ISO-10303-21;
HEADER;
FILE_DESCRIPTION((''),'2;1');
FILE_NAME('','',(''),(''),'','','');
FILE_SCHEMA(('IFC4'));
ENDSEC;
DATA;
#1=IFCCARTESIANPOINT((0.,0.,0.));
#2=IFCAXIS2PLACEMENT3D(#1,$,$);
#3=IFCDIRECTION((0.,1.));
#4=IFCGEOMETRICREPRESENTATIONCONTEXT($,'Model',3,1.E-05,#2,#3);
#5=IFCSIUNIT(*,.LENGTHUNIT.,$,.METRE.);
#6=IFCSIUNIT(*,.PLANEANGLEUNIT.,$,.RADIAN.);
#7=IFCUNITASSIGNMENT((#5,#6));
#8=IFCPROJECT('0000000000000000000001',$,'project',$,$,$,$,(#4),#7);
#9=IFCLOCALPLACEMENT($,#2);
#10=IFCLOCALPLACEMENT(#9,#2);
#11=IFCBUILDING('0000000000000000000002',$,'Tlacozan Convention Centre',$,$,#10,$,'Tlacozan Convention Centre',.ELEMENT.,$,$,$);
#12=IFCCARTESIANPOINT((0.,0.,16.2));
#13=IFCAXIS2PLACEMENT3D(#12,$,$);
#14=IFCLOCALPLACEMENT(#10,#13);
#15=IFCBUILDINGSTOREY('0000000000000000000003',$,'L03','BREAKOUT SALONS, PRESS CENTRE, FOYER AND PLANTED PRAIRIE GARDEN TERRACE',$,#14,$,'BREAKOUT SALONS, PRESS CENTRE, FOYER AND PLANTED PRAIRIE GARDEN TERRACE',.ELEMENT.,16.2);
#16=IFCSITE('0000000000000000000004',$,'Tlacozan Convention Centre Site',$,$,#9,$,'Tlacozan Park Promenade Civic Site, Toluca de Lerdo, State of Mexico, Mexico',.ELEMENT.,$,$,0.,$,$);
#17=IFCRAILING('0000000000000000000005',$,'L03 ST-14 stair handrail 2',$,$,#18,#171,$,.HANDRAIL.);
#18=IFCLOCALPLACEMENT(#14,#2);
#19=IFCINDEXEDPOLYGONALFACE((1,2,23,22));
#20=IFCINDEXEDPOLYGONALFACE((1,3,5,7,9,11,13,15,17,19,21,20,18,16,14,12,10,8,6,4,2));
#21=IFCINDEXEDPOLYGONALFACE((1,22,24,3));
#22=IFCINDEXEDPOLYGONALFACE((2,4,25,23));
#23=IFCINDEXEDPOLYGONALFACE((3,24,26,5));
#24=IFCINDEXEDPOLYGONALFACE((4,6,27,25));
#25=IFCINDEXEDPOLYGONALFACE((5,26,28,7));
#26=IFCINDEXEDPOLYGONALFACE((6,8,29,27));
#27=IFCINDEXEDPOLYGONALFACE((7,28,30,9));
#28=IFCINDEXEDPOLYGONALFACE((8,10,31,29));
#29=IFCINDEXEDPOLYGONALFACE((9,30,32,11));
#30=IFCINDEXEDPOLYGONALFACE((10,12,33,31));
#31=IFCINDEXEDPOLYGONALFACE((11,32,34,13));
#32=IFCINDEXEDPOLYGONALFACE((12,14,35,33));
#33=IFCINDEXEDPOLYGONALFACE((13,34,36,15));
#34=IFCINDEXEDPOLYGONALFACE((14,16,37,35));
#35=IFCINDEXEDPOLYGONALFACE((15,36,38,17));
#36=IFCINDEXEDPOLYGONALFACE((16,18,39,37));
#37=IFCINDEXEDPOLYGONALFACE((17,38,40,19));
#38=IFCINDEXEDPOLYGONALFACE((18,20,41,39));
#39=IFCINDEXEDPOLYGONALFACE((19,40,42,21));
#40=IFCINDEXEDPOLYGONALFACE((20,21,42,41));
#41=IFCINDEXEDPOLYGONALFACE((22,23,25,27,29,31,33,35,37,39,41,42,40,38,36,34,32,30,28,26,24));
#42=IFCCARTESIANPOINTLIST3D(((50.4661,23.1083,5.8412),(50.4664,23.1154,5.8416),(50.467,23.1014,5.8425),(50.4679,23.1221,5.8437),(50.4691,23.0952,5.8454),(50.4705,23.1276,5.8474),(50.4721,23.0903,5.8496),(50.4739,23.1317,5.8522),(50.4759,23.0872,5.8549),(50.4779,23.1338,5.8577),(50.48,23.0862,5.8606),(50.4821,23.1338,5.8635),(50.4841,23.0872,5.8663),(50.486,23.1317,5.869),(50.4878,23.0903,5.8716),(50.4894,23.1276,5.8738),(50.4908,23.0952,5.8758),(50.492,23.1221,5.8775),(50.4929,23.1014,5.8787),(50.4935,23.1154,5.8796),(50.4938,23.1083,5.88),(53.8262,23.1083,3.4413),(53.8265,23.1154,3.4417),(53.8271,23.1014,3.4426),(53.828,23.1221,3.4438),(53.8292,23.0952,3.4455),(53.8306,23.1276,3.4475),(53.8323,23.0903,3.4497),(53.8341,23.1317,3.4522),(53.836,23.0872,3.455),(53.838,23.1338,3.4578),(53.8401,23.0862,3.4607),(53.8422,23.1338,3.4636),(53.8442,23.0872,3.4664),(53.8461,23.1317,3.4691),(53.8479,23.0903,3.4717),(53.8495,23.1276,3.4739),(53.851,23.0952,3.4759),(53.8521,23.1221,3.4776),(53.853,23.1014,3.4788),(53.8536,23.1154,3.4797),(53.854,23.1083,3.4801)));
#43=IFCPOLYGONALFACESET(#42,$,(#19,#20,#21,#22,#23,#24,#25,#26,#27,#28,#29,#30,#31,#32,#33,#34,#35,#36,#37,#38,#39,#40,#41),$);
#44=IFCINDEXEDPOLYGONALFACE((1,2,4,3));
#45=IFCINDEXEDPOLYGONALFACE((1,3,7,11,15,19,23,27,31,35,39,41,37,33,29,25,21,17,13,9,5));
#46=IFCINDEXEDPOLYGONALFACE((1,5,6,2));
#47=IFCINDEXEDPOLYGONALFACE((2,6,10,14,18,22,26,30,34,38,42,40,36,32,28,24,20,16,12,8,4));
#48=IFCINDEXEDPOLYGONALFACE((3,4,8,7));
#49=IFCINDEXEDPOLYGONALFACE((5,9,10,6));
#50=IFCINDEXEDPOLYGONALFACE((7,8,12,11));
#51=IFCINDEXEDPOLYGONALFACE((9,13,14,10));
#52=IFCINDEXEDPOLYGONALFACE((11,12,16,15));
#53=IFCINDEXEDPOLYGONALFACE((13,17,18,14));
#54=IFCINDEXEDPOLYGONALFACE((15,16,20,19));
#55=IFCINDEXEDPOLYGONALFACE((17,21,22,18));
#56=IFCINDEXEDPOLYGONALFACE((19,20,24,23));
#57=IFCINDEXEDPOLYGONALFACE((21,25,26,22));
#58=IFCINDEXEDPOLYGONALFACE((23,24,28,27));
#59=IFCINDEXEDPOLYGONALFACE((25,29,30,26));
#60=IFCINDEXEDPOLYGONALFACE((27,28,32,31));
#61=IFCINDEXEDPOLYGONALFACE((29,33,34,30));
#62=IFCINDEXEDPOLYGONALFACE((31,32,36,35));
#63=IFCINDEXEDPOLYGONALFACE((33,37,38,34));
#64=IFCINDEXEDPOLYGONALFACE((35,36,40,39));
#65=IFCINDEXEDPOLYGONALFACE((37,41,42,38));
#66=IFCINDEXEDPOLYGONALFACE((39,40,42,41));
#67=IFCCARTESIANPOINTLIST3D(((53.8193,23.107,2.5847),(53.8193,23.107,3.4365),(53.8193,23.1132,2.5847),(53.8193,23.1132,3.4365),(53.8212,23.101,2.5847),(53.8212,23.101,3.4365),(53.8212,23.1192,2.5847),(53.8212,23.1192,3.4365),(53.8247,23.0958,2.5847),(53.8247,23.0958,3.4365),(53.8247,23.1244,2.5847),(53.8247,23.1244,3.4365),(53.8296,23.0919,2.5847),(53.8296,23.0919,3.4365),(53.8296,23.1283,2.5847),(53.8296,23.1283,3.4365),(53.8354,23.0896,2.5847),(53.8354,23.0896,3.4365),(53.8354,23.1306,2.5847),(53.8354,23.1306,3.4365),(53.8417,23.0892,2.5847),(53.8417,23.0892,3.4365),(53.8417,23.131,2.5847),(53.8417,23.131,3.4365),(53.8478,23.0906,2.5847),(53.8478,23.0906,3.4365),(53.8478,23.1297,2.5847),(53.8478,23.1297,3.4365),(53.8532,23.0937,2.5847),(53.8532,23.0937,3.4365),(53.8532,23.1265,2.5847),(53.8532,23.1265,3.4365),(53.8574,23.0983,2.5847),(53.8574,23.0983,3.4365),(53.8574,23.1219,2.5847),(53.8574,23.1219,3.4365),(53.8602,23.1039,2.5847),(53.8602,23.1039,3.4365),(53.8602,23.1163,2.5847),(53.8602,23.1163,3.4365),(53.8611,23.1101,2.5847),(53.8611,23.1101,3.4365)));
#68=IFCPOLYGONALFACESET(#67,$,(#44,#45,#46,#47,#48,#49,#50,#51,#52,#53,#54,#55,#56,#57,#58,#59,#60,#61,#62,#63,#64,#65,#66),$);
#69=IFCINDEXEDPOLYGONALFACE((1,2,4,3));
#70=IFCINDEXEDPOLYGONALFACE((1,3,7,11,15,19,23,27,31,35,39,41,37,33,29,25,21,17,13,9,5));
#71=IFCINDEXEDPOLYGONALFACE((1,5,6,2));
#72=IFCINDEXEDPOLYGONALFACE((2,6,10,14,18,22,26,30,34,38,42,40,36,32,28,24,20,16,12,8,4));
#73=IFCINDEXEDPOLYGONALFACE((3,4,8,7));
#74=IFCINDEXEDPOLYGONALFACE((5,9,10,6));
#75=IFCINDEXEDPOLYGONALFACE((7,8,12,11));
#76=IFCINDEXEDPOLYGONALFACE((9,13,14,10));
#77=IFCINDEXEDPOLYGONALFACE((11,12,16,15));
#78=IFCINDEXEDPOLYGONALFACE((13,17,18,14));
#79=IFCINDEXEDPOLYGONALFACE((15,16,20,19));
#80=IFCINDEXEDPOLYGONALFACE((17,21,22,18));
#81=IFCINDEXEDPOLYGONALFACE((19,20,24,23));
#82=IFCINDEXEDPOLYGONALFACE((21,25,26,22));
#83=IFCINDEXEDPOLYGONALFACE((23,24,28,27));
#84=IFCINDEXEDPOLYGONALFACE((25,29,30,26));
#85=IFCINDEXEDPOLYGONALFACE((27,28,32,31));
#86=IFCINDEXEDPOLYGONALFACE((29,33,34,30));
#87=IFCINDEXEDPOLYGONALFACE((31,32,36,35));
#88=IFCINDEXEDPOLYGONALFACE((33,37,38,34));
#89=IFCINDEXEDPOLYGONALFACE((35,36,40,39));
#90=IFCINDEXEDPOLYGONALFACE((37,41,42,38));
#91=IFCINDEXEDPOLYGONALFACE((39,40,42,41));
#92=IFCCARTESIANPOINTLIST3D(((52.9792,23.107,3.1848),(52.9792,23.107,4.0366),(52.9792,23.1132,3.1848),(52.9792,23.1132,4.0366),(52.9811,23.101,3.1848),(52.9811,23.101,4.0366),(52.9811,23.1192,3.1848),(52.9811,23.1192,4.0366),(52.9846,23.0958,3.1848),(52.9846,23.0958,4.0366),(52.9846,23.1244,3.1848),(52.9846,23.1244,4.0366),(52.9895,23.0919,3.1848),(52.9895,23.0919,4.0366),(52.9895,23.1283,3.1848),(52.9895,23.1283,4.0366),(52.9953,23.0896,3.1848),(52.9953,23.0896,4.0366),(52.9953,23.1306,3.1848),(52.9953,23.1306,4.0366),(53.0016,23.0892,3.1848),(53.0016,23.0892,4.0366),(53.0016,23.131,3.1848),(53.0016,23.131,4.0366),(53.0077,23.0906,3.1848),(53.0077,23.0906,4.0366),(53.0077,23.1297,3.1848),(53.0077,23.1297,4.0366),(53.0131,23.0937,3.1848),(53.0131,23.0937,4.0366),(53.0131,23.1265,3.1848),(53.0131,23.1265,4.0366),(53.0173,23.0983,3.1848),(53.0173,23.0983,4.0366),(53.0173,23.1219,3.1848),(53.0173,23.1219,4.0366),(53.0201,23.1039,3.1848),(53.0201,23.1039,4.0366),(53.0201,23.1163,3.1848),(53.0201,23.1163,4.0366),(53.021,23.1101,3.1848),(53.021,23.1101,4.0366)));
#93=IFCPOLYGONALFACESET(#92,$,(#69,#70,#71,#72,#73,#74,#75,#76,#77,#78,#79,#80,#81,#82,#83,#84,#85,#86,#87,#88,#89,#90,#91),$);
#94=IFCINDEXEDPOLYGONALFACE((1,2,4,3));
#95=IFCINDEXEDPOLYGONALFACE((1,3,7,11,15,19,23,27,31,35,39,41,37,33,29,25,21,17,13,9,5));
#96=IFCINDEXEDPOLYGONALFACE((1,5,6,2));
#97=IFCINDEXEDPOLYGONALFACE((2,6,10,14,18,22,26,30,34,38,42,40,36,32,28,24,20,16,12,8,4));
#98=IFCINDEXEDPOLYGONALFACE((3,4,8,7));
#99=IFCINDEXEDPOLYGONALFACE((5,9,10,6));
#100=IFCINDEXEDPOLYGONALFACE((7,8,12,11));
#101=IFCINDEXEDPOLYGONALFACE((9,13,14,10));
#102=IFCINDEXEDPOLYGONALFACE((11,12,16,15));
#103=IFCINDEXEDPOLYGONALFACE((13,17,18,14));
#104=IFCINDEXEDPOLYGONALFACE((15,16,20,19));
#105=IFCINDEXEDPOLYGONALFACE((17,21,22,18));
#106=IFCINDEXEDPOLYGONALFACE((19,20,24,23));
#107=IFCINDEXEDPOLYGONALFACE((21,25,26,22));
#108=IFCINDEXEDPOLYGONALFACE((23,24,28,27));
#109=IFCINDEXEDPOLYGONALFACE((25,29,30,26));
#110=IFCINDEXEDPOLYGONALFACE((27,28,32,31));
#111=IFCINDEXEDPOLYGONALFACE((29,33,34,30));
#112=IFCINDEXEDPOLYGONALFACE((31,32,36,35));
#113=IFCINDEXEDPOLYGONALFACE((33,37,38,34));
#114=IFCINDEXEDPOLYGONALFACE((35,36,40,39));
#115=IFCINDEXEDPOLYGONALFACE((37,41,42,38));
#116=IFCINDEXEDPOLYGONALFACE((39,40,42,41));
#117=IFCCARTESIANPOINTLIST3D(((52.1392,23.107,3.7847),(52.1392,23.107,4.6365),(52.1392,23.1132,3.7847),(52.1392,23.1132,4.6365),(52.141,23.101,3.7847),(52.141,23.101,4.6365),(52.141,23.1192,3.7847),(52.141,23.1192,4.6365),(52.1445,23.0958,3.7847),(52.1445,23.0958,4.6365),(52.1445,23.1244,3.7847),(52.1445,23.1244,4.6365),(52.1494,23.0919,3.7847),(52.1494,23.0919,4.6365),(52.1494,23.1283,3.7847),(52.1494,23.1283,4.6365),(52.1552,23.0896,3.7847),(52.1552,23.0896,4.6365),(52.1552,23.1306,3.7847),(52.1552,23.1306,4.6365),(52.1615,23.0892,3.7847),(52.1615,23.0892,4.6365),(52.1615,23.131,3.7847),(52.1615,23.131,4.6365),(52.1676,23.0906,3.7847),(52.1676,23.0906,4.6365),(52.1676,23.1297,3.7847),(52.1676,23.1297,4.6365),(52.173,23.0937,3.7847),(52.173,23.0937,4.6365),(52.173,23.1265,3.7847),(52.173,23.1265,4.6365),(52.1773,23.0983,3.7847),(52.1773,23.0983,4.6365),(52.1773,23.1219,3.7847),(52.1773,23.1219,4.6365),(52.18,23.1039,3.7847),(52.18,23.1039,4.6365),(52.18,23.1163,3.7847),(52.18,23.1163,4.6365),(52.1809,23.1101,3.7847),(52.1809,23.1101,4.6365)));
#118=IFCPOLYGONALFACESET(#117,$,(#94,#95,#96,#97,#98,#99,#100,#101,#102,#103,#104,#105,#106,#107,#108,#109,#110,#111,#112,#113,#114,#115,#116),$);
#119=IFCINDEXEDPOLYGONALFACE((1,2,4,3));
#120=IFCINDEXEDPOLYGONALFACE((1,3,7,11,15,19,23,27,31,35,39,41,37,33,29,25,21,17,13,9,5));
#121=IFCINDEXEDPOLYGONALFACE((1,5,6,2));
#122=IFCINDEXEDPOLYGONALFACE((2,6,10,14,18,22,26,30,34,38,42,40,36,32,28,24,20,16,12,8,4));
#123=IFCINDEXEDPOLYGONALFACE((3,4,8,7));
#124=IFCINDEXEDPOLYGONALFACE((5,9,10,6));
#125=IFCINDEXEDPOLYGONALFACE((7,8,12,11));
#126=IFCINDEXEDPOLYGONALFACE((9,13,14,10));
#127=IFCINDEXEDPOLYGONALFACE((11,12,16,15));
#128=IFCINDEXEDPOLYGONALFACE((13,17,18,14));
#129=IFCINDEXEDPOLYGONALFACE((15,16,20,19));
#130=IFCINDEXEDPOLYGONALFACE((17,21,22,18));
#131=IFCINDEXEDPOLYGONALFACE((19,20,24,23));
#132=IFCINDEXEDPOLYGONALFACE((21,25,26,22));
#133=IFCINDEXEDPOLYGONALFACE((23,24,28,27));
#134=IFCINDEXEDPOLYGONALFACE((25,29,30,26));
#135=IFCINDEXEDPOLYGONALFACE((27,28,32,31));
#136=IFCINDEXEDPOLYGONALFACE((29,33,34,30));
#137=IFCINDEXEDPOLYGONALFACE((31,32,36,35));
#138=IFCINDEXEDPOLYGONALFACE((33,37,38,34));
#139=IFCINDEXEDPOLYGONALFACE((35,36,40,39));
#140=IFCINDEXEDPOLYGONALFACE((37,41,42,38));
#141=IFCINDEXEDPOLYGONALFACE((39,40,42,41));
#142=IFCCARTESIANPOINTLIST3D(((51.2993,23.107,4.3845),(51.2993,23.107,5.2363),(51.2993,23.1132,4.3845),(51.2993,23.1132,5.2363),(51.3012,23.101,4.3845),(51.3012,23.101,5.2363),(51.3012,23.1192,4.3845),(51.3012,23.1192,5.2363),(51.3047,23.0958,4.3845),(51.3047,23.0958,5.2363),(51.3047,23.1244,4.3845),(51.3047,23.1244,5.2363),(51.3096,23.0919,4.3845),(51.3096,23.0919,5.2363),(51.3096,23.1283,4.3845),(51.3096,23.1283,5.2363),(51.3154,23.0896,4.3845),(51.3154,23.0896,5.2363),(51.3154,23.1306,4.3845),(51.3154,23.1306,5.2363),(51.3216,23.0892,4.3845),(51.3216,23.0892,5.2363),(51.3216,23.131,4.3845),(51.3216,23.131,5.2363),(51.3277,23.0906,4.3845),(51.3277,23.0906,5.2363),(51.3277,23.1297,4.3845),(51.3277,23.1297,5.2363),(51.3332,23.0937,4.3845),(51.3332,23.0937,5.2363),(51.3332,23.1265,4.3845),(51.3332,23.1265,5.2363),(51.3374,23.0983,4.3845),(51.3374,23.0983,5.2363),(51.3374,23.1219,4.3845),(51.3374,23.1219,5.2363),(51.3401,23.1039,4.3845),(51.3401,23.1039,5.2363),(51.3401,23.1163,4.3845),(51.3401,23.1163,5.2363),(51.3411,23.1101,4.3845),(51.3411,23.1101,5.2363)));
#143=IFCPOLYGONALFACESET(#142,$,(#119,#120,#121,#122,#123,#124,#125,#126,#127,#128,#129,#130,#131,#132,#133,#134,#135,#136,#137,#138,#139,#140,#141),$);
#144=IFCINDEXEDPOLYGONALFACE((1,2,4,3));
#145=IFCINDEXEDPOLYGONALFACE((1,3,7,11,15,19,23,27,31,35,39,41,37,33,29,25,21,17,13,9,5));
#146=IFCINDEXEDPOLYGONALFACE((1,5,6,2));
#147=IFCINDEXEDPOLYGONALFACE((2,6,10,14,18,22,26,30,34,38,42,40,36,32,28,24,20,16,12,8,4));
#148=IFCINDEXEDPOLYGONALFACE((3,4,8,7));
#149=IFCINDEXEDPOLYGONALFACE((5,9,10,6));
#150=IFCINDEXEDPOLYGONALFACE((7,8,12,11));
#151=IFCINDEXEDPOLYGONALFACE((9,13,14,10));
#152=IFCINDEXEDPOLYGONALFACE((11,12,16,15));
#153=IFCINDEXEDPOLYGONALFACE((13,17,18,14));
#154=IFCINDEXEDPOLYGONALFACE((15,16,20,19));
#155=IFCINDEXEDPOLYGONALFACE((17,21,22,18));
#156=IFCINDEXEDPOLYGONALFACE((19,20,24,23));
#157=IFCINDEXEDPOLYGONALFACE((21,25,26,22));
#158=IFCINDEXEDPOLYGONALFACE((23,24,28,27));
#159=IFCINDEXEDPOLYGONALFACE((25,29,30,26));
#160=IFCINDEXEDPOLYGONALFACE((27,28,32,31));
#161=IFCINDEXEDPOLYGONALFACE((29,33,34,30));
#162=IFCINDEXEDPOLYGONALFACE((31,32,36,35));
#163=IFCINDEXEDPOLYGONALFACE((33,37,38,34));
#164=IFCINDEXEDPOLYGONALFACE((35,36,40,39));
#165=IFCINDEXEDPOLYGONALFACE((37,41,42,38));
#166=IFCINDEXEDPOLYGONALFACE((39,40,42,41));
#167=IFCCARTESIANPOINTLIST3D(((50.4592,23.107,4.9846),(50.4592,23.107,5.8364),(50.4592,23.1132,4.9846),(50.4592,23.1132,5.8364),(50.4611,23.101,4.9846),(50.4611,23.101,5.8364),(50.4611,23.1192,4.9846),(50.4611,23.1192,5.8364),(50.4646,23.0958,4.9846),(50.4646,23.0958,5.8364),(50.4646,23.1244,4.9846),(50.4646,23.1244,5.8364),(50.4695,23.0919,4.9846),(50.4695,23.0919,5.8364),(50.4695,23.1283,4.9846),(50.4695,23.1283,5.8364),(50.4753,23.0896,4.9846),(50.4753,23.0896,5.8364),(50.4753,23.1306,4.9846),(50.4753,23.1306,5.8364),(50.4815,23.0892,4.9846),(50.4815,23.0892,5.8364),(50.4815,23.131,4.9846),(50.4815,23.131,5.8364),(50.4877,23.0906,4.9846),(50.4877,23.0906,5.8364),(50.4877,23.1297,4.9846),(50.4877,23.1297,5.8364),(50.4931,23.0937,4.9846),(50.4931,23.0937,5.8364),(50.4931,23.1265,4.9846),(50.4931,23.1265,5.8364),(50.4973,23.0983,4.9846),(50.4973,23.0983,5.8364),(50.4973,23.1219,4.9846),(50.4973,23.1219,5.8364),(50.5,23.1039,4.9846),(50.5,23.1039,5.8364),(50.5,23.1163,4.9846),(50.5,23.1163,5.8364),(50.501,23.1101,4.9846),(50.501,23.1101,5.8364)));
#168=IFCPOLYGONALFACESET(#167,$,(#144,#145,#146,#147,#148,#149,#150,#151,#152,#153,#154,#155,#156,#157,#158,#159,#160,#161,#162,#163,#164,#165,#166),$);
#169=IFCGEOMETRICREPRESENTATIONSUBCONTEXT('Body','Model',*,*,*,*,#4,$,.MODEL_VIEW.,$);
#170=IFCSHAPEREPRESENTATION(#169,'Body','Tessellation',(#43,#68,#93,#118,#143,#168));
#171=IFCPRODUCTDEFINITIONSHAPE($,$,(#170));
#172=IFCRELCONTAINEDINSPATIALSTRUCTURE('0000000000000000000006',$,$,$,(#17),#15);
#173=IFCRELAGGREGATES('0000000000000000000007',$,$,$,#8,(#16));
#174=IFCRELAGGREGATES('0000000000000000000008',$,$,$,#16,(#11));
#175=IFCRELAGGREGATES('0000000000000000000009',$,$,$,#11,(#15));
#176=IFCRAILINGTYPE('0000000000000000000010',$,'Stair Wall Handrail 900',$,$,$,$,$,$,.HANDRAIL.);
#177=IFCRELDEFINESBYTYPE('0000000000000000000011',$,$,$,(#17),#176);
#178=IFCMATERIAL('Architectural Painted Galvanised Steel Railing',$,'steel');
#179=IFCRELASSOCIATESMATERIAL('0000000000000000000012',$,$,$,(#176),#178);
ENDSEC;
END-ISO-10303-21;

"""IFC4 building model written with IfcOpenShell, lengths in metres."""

from ifc_helpers import new_model, si_unit, direction, frame, origin, origin_2d, place, context, subcontext, project, spatial, circle, extrude, material, type_object, element, save


model = new_model("IFC4")

# Units and contexts
model_context = context("Model", 3, precision=1e-05, world=origin(), true_north=direction((0.0, 1.0)))
body_context = subcontext(model_context, "Body", "Model", "MODEL_VIEW")
ifc_project = project(units=[si_unit("LENGTHUNIT", "METRE"), si_unit("PLANEANGLEUNIT", "RADIAN")], contexts=[model_context])

# Site, building, storey
site_placement = place(None, origin())
site = spatial("IfcSite", under=ifc_project, at=site_placement, Name="Tlacozan Convention Centre Site", LongName="Tlacozan Park Promenade Civic Site, Toluca de Lerdo, State of Mexico, Mexico", CompositionType="ELEMENT", RefElevation=0.0)
building_placement = place(site_placement, origin())
building = spatial("IfcBuilding", under=site, at=building_placement, Name="Tlacozan Convention Centre", LongName="Tlacozan Convention Centre", CompositionType="ELEMENT")
storey_placement = place(building_placement, frame((0.0, 0.0, 16.2)))
storey = spatial("IfcBuildingStorey", under=building, at=storey_placement, Name="L03", Description="BREAKOUT SALONS, PRESS CENTRE, FOYER AND PLANTED PRAIRIE GARDEN TERRACE", LongName="BREAKOUT SALONS, PRESS CENTRE, FOYER AND PLANTED PRAIRIE GARDEN TERRACE", CompositionType="ELEMENT", Elevation=16.2)

# Railing
ifc_material_1 = material(Name="Architectural Painted Galvanised Steel Railing", Category="steel")
railing_type_1 = type_object("IfcRailingType", Name="Stair Wall Handrail 900", PredefinedType="HANDRAIL", material=ifc_material_1)
railing_1_placement = place(storey_placement, frame((53.8401, 23.1101, 2.5847)))
element("IfcRailing", 1, at=railing_1_placement, inside=storey, type_object=railing_type_1, Name="L03 ST-14 stair handrail 2", PredefinedType="HANDRAIL", context=body_context, shape_type="SweptSolid", body=[
    extrude(circle(Radius=0.0239, at=origin_2d()), frame((0.0, 0.0, 0.876), z_axis=(-0.813753, 0.0, 0.58121), x_axis=(0.0, -1.0, 0.0)), (0.0, 0.0, 1.0), 4.1292),
    extrude(circle(Radius=0.021, at=origin_2d()), origin(), (0.0, 0.0, 1.0), 0.8518),
    extrude(circle(Radius=0.021, at=origin_2d()), frame((-0.8401, 0.0, 0.6001)), (0.0, 0.0, 1.0), 0.8518),
    extrude(circle(Radius=0.021, at=origin_2d()), frame((-1.6802, 0.0, 1.2)), (0.0, 0.0, 1.0), 0.8518),
    extrude(circle(Radius=0.021, at=origin_2d()), frame((-2.52, 0.0, 1.7998)), (0.0, 0.0, 1.0), 0.8518),
    extrude(circle(Radius=0.021, at=origin_2d()), frame((-3.3601, 0.0, 2.3999)), (0.0, 0.0, 1.0), 0.8518),
])

save(model, "model.ifc")
